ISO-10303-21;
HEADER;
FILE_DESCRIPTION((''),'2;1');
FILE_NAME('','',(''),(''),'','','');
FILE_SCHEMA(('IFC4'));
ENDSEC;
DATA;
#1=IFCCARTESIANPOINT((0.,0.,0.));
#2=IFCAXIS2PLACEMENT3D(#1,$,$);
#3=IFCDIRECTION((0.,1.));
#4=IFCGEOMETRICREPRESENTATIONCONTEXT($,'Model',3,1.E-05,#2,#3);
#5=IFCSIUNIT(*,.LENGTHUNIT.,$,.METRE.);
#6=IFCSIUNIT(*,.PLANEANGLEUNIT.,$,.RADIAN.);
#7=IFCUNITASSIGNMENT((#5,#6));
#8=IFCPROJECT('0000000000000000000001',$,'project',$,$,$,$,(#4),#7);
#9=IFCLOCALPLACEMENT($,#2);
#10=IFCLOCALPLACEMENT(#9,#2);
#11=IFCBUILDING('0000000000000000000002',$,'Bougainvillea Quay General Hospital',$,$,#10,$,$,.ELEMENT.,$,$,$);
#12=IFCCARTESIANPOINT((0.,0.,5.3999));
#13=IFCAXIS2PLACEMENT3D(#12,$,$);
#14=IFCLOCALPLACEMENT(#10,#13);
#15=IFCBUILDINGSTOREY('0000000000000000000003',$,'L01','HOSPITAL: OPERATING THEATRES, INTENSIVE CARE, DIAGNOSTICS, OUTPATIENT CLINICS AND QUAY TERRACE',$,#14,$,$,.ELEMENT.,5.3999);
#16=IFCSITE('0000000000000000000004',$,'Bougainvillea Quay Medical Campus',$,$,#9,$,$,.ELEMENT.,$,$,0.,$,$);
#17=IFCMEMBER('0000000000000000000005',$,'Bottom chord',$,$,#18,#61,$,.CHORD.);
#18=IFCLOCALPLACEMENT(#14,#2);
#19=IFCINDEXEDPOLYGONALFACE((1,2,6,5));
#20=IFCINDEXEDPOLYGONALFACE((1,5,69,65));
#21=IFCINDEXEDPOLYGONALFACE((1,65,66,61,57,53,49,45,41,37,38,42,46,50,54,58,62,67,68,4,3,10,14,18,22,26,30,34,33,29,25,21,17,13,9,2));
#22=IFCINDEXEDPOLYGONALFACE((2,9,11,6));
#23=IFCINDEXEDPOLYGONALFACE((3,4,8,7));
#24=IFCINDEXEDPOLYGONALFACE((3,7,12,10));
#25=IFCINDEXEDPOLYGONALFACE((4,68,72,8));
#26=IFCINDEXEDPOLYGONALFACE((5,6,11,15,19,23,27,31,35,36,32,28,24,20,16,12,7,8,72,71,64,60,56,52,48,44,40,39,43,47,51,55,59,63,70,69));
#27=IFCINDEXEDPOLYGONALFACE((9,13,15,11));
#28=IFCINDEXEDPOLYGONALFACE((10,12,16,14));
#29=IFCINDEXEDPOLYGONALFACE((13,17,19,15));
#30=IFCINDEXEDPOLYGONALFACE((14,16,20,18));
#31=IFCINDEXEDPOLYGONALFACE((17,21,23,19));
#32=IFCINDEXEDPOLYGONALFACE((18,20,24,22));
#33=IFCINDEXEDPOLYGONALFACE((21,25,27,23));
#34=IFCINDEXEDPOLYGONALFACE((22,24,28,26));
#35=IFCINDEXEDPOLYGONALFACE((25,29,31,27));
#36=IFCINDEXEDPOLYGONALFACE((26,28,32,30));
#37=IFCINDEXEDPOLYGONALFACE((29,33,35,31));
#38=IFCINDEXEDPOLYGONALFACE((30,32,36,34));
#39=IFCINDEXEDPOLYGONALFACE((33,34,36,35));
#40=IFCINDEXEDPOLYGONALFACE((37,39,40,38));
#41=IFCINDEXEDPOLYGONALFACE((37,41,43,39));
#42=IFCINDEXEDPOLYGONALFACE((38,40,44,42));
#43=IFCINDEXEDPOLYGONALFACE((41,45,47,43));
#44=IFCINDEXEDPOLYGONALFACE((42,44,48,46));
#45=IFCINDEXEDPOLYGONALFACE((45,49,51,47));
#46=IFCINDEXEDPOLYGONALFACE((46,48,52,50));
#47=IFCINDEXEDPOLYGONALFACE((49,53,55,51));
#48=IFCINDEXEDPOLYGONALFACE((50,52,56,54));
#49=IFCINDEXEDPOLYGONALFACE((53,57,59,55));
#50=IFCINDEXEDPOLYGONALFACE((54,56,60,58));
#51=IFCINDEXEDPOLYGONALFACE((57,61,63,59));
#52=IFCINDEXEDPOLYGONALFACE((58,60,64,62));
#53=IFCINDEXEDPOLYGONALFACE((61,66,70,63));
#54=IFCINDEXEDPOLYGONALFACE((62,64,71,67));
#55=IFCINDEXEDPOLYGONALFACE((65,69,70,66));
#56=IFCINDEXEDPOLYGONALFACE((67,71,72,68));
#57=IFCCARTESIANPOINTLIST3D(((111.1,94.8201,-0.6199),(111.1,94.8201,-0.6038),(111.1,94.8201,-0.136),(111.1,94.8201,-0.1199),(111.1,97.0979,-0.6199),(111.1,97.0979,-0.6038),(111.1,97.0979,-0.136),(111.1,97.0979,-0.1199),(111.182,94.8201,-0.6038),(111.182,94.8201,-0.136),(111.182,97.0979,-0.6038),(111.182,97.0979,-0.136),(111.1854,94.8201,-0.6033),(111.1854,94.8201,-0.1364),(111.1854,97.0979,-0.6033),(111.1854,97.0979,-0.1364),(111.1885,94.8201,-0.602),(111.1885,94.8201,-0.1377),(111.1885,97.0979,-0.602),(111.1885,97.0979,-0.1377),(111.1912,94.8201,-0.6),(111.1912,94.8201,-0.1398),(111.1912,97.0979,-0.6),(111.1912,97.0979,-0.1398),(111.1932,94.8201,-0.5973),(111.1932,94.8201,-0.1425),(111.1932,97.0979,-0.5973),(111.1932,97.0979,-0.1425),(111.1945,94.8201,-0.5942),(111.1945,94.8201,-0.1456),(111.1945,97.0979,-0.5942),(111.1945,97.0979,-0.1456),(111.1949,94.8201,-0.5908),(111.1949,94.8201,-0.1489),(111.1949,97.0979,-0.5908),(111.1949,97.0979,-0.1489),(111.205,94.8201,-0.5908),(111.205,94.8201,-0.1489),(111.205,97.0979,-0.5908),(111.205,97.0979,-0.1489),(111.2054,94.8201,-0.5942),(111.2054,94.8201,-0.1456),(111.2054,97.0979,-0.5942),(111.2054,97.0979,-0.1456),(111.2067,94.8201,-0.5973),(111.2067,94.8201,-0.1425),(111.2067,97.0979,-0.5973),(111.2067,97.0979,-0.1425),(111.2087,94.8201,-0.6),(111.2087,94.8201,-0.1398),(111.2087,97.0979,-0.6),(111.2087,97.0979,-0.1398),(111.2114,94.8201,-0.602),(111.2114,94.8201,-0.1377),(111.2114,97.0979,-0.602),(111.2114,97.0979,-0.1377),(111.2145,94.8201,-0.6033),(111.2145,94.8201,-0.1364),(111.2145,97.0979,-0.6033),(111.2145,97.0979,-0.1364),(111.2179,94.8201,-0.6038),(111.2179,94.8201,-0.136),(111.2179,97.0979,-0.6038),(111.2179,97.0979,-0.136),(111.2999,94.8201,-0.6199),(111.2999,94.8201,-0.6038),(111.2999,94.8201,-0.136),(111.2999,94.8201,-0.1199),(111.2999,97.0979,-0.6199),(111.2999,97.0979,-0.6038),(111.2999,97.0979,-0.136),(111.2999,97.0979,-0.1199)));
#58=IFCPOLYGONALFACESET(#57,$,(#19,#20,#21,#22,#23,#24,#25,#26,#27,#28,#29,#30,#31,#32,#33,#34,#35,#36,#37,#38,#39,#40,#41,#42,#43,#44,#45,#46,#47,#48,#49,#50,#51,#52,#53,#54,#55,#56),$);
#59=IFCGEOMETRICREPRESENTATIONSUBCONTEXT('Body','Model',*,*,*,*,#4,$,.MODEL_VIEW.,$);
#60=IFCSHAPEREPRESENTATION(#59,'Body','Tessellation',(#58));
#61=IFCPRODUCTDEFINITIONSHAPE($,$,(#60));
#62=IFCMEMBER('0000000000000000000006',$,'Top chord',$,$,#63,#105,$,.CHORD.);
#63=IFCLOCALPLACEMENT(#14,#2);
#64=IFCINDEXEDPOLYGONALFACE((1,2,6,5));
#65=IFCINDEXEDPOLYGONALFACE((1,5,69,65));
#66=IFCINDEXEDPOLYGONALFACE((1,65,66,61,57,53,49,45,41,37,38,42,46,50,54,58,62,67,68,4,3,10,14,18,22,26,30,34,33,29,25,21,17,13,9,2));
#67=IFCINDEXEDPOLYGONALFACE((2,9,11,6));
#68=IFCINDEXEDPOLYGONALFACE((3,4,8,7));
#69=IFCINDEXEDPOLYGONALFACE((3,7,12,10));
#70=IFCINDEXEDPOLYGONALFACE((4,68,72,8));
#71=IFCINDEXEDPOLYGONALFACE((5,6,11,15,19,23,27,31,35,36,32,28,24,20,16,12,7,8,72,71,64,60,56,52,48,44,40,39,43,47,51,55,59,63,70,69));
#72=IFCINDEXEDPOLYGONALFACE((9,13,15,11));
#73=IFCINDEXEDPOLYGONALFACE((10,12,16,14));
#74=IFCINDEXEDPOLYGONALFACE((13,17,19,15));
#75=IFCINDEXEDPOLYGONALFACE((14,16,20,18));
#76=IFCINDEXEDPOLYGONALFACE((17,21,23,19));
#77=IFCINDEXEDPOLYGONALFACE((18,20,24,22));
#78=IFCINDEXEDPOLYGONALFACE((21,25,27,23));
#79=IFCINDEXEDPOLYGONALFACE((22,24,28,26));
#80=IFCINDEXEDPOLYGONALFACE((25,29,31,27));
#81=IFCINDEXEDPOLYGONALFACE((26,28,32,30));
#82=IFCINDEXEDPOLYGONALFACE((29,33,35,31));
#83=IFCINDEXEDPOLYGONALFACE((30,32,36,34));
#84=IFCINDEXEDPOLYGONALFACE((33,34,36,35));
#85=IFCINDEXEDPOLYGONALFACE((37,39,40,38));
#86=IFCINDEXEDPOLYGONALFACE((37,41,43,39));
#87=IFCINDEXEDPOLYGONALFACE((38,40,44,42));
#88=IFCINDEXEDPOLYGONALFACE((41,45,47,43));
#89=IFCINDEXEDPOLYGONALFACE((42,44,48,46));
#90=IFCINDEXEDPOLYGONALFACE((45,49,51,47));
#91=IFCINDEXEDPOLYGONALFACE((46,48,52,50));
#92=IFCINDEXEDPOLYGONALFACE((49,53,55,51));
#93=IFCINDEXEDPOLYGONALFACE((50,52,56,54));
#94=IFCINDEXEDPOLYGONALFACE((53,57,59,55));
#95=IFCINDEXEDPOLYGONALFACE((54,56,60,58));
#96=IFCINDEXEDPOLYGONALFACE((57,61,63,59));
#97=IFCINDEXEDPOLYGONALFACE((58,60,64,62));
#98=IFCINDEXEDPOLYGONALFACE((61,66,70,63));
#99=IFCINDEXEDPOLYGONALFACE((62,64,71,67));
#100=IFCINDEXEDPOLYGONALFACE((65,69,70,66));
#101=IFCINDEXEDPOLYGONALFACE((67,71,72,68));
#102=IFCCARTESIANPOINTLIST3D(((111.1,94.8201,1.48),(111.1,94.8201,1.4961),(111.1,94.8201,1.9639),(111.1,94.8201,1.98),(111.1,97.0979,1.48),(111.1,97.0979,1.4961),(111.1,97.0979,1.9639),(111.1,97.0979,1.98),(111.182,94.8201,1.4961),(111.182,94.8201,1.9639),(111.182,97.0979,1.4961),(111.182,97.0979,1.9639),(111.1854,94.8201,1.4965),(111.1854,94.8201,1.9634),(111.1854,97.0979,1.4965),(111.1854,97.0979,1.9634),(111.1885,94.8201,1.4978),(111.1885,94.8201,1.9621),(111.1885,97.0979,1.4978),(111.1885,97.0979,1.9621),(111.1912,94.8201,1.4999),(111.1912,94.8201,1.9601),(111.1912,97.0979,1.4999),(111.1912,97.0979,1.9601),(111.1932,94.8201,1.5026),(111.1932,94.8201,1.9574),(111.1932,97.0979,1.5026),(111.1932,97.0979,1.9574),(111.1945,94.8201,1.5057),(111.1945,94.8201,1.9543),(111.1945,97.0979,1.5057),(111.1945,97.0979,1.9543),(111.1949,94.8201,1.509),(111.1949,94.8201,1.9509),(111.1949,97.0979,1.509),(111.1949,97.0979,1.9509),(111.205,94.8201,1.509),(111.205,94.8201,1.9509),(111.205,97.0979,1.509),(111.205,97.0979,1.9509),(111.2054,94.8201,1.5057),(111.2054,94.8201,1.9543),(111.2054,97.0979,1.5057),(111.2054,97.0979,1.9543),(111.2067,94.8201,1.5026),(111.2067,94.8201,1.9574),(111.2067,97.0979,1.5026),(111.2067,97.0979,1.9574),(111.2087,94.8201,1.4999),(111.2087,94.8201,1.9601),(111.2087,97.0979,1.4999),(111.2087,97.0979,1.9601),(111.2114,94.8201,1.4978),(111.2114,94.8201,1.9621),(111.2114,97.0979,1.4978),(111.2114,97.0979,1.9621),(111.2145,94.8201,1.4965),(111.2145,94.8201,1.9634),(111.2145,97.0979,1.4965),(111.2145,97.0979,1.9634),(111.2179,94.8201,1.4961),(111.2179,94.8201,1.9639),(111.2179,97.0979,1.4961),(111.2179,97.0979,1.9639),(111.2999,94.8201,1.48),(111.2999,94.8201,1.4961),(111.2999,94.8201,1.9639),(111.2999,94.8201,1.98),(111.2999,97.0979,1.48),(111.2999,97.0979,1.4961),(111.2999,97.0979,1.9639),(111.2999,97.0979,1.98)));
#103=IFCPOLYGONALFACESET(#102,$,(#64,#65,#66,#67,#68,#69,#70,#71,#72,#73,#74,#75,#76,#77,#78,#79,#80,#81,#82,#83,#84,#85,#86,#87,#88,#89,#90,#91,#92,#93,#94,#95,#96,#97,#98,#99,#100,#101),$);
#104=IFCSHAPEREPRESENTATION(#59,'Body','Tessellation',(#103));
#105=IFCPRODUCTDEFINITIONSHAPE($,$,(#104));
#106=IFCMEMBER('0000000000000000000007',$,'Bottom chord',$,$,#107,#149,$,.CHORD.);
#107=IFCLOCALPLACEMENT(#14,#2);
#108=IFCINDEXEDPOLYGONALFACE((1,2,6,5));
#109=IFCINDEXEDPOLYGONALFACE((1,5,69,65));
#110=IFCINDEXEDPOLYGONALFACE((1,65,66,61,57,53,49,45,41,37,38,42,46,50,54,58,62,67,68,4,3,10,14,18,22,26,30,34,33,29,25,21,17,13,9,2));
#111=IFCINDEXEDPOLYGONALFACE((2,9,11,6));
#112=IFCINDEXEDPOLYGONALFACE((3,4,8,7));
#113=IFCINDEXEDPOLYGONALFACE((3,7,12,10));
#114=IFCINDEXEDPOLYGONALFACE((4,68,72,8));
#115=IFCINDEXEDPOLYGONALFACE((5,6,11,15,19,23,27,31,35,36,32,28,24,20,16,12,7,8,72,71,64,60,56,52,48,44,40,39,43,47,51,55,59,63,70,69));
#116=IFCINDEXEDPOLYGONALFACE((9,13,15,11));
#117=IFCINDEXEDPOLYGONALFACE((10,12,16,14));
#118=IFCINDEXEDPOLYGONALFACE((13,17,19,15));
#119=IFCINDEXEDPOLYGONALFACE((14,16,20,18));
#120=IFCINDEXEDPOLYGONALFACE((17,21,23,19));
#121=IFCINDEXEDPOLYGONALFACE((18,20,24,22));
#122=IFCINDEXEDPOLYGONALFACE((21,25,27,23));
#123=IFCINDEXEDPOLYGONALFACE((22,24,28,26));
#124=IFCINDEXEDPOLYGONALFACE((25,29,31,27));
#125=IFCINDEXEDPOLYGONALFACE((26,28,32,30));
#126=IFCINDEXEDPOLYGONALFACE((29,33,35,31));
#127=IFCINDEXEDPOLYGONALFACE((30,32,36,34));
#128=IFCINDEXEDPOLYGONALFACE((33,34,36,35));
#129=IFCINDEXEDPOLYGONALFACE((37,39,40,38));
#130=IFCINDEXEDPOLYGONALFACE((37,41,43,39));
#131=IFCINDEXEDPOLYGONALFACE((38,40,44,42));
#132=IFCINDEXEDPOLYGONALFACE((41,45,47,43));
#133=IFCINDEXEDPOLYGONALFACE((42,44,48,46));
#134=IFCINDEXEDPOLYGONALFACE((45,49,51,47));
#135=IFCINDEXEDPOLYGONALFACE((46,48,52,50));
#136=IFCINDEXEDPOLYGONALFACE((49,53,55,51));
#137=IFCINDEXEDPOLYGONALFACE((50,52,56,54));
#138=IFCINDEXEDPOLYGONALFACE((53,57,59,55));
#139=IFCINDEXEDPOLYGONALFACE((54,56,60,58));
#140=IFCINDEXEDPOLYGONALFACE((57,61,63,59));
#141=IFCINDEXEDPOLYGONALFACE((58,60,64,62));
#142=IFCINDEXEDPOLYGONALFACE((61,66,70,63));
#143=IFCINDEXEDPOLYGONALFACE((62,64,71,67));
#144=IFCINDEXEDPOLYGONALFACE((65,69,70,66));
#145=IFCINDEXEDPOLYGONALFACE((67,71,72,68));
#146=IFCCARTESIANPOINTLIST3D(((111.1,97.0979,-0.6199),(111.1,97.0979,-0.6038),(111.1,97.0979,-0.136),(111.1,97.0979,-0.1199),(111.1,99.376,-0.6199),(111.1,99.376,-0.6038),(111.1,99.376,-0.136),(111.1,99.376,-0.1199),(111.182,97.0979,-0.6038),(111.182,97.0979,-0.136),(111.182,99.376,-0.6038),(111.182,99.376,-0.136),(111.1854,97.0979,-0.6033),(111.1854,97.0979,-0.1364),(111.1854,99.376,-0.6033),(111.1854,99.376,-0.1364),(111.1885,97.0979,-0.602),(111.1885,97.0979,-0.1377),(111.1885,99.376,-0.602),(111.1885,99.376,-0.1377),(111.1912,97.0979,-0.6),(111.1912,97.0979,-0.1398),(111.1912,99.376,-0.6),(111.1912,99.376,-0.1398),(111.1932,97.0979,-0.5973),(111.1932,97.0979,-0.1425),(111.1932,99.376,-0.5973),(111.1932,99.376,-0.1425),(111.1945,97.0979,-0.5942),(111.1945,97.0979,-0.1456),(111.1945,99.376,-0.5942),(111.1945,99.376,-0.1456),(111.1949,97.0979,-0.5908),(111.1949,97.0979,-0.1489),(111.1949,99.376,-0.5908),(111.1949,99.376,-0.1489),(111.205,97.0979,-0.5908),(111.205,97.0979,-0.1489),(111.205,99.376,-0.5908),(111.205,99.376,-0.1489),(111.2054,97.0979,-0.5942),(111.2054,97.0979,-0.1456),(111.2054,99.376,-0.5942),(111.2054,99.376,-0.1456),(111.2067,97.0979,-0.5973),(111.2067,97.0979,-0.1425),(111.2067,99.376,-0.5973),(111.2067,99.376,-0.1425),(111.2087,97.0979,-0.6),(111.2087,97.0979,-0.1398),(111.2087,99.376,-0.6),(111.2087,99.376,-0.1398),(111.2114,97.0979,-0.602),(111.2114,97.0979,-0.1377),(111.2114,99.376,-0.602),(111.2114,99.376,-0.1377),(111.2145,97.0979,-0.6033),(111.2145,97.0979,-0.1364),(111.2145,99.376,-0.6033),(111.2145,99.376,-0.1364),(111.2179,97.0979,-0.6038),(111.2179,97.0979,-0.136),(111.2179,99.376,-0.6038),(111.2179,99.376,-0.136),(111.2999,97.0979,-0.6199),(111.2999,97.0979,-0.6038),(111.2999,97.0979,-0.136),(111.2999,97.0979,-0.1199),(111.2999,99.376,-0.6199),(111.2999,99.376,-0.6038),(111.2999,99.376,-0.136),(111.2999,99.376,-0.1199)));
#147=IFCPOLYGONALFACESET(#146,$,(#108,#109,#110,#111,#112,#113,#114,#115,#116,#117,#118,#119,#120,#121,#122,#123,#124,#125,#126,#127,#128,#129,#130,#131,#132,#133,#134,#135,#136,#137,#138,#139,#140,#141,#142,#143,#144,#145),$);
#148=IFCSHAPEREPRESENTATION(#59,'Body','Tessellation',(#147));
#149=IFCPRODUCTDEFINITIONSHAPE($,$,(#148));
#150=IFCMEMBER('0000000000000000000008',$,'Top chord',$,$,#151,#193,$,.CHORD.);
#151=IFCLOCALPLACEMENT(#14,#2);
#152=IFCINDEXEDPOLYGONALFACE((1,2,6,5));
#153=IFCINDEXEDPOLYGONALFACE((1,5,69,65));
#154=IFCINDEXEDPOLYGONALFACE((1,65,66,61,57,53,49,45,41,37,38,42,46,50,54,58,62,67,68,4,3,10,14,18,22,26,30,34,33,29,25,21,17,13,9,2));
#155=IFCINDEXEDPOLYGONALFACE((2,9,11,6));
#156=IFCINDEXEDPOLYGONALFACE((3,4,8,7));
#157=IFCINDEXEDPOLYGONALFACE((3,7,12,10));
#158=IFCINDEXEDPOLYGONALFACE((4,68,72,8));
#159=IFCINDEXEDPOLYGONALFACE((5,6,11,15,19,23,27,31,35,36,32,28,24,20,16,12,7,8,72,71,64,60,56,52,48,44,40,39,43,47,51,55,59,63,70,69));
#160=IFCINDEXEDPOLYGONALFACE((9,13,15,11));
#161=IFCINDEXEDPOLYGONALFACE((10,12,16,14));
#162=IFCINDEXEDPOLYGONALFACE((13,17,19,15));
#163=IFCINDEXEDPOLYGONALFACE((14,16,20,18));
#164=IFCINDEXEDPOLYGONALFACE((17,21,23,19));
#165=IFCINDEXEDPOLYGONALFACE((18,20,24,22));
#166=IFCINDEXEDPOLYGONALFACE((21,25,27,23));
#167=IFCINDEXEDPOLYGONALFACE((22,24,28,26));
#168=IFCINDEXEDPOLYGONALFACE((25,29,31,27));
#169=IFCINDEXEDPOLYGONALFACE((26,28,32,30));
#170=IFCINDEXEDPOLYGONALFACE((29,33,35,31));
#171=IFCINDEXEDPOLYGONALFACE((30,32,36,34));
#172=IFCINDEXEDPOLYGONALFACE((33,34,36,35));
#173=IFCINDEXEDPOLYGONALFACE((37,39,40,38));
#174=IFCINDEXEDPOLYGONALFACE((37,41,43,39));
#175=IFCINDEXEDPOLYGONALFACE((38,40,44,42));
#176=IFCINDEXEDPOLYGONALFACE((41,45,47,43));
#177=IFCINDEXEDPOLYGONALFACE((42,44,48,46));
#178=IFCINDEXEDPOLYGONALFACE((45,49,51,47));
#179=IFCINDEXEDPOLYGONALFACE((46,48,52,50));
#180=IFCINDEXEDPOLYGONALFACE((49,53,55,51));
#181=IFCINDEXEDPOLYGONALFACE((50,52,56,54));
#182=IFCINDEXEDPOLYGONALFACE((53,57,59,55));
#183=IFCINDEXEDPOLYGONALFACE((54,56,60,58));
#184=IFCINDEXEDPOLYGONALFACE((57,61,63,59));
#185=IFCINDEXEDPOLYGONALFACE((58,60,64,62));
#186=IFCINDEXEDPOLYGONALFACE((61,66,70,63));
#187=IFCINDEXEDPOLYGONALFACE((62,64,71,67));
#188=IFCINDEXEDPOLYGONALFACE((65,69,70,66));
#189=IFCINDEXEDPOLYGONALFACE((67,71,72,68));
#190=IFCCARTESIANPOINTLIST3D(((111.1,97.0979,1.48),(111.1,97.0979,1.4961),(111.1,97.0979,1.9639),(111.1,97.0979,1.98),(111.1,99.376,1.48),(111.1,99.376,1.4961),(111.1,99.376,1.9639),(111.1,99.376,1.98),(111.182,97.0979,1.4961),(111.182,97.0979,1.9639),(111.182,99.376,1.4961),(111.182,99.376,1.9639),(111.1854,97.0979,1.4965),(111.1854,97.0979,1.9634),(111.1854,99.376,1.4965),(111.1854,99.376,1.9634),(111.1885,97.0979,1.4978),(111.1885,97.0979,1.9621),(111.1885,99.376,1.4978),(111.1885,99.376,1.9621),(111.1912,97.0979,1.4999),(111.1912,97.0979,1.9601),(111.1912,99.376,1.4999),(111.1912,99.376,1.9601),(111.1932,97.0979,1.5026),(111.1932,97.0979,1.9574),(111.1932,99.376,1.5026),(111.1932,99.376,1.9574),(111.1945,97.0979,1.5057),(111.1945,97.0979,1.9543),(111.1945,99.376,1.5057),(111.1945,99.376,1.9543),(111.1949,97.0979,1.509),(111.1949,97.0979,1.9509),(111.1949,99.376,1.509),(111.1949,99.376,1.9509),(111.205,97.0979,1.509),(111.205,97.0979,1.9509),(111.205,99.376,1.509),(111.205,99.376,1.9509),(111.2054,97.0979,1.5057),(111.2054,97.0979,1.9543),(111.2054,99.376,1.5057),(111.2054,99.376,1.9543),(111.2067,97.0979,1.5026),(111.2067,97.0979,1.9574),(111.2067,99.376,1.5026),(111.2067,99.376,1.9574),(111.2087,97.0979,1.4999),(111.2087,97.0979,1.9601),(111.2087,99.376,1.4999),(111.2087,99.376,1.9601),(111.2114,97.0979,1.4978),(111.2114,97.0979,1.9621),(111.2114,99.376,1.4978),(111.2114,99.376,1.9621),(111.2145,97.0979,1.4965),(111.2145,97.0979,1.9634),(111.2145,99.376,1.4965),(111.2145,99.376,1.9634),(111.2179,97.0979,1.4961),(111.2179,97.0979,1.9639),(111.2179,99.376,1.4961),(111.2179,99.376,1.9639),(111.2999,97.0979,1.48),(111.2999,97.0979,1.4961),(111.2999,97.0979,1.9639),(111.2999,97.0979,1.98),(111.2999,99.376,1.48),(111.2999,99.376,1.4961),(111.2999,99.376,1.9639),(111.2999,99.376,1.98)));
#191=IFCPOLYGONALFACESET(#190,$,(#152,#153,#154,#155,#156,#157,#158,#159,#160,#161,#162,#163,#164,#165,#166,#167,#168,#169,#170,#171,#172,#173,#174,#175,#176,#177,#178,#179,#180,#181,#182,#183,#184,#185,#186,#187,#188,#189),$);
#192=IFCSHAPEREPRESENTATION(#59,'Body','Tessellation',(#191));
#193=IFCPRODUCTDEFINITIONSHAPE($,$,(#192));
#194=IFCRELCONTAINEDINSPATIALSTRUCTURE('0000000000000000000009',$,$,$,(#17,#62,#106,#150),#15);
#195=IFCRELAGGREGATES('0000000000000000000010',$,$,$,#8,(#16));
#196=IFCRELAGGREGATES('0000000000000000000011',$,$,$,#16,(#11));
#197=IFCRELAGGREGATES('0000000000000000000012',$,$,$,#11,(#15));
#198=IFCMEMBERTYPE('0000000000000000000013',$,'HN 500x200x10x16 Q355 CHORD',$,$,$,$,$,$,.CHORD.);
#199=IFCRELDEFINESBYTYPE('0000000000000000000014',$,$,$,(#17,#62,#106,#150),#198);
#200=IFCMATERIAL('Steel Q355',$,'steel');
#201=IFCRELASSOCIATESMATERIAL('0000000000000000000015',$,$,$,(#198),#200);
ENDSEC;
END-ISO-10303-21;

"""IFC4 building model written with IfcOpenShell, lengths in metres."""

from ifc_helpers import new_model, si_unit, direction, frame, origin, origin_2d, place, context, subcontext, project, spatial, i_section, extrude, material, material_profile, profile_set, type_object, element, save


model = new_model("IFC4")

# Units and contexts
model_context = context("Model", 3, precision=1e-05, world=origin(), true_north=direction((0.0, 1.0)))
body_context = subcontext(model_context, "Body", "Model", "MODEL_VIEW")
ifc_project = project(units=[si_unit("LENGTHUNIT", "METRE"), si_unit("PLANEANGLEUNIT", "RADIAN")], contexts=[model_context])

# Site, building, storey
site_placement = place(None, origin())
site = spatial("IfcSite", under=ifc_project, at=site_placement, Name="Bougainvillea Quay Medical Campus", CompositionType="ELEMENT", RefElevation=0.0)
building_placement = place(site_placement, origin())
building = spatial("IfcBuilding", under=site, at=building_placement, Name="Bougainvillea Quay General Hospital", CompositionType="ELEMENT")
storey_placement = place(building_placement, frame((0.0, 0.0, 5.3999)))
storey = spatial("IfcBuildingStorey", under=building, at=storey_placement, Name="L01", Description="HOSPITAL: OPERATING THEATRES, INTENSIVE CARE, DIAGNOSTICS, OUTPATIENT CLINICS AND QUAY TERRACE", CompositionType="ELEMENT", Elevation=5.3999)

# Members
ifc_material_1 = material(Name="Steel Q355", Category="steel")
ifc_material_profile_1 = material_profile(ifc_material_1, i_section(OverallWidth=0.2, OverallDepth=0.5, WebThickness=0.01, FlangeThickness=0.0161, FilletRadius=0.0129, at=origin_2d()))
ifc_profile_set_1 = profile_set([ifc_material_profile_1], Name="Steel Q355")
member_type_1 = type_object("IfcMemberType", Name="HN 500x200x10x16 Q355 CHORD", PredefinedType="CHORD", material=ifc_profile_set_1)
for number, where, z_axis, x_axis, name in (
    (1, (111.2, 94.8201, -0.3699), (0.0, 1.0, 0.0), (-1.0, 0.0, 0.0), "Bottom chord"),
    (2, (111.2, 94.8201, 1.73), (0.0, 1.0, 0.0), (-1.0, 0.0, 0.0), "Top chord"),
):
    element("IfcMember", number, at=place(storey_placement, frame(where, z_axis=z_axis, x_axis=x_axis)), inside=storey, type_object=member_type_1, Name=name, PredefinedType="CHORD", context=body_context, shape_type="SweptSolid", body=[
        extrude(i_section(OverallWidth=0.2, OverallDepth=0.5, WebThickness=0.01, FlangeThickness=0.0161, FilletRadius=0.0129, at=origin_2d()), origin(), (0.0, 0.0, 1.0), 2.2778),
    ])
for number, where, z_axis, x_axis, name in (
    (3, (111.2, 97.0979, -0.3699), (0.0, 1.0, 0.0), (-1.0, 0.0, 0.0), "Bottom chord"),
    (4, (111.2, 97.0979, 1.73), (0.0, 1.0, 0.0), (-1.0, 0.0, 0.0), "Top chord"),
):
    element("IfcMember", number, at=place(storey_placement, frame(where, z_axis=z_axis, x_axis=x_axis)), inside=storey, type_object=member_type_1, Name=name, PredefinedType="CHORD", context=body_context, shape_type="SweptSolid", body=[
        extrude(i_section(OverallWidth=0.2, OverallDepth=0.5, WebThickness=0.01, FlangeThickness=0.0161, FilletRadius=0.0129, at=origin_2d()), origin(), (0.0, 0.0, 1.0), 2.2781),
    ])

save(model, "model.ifc")
